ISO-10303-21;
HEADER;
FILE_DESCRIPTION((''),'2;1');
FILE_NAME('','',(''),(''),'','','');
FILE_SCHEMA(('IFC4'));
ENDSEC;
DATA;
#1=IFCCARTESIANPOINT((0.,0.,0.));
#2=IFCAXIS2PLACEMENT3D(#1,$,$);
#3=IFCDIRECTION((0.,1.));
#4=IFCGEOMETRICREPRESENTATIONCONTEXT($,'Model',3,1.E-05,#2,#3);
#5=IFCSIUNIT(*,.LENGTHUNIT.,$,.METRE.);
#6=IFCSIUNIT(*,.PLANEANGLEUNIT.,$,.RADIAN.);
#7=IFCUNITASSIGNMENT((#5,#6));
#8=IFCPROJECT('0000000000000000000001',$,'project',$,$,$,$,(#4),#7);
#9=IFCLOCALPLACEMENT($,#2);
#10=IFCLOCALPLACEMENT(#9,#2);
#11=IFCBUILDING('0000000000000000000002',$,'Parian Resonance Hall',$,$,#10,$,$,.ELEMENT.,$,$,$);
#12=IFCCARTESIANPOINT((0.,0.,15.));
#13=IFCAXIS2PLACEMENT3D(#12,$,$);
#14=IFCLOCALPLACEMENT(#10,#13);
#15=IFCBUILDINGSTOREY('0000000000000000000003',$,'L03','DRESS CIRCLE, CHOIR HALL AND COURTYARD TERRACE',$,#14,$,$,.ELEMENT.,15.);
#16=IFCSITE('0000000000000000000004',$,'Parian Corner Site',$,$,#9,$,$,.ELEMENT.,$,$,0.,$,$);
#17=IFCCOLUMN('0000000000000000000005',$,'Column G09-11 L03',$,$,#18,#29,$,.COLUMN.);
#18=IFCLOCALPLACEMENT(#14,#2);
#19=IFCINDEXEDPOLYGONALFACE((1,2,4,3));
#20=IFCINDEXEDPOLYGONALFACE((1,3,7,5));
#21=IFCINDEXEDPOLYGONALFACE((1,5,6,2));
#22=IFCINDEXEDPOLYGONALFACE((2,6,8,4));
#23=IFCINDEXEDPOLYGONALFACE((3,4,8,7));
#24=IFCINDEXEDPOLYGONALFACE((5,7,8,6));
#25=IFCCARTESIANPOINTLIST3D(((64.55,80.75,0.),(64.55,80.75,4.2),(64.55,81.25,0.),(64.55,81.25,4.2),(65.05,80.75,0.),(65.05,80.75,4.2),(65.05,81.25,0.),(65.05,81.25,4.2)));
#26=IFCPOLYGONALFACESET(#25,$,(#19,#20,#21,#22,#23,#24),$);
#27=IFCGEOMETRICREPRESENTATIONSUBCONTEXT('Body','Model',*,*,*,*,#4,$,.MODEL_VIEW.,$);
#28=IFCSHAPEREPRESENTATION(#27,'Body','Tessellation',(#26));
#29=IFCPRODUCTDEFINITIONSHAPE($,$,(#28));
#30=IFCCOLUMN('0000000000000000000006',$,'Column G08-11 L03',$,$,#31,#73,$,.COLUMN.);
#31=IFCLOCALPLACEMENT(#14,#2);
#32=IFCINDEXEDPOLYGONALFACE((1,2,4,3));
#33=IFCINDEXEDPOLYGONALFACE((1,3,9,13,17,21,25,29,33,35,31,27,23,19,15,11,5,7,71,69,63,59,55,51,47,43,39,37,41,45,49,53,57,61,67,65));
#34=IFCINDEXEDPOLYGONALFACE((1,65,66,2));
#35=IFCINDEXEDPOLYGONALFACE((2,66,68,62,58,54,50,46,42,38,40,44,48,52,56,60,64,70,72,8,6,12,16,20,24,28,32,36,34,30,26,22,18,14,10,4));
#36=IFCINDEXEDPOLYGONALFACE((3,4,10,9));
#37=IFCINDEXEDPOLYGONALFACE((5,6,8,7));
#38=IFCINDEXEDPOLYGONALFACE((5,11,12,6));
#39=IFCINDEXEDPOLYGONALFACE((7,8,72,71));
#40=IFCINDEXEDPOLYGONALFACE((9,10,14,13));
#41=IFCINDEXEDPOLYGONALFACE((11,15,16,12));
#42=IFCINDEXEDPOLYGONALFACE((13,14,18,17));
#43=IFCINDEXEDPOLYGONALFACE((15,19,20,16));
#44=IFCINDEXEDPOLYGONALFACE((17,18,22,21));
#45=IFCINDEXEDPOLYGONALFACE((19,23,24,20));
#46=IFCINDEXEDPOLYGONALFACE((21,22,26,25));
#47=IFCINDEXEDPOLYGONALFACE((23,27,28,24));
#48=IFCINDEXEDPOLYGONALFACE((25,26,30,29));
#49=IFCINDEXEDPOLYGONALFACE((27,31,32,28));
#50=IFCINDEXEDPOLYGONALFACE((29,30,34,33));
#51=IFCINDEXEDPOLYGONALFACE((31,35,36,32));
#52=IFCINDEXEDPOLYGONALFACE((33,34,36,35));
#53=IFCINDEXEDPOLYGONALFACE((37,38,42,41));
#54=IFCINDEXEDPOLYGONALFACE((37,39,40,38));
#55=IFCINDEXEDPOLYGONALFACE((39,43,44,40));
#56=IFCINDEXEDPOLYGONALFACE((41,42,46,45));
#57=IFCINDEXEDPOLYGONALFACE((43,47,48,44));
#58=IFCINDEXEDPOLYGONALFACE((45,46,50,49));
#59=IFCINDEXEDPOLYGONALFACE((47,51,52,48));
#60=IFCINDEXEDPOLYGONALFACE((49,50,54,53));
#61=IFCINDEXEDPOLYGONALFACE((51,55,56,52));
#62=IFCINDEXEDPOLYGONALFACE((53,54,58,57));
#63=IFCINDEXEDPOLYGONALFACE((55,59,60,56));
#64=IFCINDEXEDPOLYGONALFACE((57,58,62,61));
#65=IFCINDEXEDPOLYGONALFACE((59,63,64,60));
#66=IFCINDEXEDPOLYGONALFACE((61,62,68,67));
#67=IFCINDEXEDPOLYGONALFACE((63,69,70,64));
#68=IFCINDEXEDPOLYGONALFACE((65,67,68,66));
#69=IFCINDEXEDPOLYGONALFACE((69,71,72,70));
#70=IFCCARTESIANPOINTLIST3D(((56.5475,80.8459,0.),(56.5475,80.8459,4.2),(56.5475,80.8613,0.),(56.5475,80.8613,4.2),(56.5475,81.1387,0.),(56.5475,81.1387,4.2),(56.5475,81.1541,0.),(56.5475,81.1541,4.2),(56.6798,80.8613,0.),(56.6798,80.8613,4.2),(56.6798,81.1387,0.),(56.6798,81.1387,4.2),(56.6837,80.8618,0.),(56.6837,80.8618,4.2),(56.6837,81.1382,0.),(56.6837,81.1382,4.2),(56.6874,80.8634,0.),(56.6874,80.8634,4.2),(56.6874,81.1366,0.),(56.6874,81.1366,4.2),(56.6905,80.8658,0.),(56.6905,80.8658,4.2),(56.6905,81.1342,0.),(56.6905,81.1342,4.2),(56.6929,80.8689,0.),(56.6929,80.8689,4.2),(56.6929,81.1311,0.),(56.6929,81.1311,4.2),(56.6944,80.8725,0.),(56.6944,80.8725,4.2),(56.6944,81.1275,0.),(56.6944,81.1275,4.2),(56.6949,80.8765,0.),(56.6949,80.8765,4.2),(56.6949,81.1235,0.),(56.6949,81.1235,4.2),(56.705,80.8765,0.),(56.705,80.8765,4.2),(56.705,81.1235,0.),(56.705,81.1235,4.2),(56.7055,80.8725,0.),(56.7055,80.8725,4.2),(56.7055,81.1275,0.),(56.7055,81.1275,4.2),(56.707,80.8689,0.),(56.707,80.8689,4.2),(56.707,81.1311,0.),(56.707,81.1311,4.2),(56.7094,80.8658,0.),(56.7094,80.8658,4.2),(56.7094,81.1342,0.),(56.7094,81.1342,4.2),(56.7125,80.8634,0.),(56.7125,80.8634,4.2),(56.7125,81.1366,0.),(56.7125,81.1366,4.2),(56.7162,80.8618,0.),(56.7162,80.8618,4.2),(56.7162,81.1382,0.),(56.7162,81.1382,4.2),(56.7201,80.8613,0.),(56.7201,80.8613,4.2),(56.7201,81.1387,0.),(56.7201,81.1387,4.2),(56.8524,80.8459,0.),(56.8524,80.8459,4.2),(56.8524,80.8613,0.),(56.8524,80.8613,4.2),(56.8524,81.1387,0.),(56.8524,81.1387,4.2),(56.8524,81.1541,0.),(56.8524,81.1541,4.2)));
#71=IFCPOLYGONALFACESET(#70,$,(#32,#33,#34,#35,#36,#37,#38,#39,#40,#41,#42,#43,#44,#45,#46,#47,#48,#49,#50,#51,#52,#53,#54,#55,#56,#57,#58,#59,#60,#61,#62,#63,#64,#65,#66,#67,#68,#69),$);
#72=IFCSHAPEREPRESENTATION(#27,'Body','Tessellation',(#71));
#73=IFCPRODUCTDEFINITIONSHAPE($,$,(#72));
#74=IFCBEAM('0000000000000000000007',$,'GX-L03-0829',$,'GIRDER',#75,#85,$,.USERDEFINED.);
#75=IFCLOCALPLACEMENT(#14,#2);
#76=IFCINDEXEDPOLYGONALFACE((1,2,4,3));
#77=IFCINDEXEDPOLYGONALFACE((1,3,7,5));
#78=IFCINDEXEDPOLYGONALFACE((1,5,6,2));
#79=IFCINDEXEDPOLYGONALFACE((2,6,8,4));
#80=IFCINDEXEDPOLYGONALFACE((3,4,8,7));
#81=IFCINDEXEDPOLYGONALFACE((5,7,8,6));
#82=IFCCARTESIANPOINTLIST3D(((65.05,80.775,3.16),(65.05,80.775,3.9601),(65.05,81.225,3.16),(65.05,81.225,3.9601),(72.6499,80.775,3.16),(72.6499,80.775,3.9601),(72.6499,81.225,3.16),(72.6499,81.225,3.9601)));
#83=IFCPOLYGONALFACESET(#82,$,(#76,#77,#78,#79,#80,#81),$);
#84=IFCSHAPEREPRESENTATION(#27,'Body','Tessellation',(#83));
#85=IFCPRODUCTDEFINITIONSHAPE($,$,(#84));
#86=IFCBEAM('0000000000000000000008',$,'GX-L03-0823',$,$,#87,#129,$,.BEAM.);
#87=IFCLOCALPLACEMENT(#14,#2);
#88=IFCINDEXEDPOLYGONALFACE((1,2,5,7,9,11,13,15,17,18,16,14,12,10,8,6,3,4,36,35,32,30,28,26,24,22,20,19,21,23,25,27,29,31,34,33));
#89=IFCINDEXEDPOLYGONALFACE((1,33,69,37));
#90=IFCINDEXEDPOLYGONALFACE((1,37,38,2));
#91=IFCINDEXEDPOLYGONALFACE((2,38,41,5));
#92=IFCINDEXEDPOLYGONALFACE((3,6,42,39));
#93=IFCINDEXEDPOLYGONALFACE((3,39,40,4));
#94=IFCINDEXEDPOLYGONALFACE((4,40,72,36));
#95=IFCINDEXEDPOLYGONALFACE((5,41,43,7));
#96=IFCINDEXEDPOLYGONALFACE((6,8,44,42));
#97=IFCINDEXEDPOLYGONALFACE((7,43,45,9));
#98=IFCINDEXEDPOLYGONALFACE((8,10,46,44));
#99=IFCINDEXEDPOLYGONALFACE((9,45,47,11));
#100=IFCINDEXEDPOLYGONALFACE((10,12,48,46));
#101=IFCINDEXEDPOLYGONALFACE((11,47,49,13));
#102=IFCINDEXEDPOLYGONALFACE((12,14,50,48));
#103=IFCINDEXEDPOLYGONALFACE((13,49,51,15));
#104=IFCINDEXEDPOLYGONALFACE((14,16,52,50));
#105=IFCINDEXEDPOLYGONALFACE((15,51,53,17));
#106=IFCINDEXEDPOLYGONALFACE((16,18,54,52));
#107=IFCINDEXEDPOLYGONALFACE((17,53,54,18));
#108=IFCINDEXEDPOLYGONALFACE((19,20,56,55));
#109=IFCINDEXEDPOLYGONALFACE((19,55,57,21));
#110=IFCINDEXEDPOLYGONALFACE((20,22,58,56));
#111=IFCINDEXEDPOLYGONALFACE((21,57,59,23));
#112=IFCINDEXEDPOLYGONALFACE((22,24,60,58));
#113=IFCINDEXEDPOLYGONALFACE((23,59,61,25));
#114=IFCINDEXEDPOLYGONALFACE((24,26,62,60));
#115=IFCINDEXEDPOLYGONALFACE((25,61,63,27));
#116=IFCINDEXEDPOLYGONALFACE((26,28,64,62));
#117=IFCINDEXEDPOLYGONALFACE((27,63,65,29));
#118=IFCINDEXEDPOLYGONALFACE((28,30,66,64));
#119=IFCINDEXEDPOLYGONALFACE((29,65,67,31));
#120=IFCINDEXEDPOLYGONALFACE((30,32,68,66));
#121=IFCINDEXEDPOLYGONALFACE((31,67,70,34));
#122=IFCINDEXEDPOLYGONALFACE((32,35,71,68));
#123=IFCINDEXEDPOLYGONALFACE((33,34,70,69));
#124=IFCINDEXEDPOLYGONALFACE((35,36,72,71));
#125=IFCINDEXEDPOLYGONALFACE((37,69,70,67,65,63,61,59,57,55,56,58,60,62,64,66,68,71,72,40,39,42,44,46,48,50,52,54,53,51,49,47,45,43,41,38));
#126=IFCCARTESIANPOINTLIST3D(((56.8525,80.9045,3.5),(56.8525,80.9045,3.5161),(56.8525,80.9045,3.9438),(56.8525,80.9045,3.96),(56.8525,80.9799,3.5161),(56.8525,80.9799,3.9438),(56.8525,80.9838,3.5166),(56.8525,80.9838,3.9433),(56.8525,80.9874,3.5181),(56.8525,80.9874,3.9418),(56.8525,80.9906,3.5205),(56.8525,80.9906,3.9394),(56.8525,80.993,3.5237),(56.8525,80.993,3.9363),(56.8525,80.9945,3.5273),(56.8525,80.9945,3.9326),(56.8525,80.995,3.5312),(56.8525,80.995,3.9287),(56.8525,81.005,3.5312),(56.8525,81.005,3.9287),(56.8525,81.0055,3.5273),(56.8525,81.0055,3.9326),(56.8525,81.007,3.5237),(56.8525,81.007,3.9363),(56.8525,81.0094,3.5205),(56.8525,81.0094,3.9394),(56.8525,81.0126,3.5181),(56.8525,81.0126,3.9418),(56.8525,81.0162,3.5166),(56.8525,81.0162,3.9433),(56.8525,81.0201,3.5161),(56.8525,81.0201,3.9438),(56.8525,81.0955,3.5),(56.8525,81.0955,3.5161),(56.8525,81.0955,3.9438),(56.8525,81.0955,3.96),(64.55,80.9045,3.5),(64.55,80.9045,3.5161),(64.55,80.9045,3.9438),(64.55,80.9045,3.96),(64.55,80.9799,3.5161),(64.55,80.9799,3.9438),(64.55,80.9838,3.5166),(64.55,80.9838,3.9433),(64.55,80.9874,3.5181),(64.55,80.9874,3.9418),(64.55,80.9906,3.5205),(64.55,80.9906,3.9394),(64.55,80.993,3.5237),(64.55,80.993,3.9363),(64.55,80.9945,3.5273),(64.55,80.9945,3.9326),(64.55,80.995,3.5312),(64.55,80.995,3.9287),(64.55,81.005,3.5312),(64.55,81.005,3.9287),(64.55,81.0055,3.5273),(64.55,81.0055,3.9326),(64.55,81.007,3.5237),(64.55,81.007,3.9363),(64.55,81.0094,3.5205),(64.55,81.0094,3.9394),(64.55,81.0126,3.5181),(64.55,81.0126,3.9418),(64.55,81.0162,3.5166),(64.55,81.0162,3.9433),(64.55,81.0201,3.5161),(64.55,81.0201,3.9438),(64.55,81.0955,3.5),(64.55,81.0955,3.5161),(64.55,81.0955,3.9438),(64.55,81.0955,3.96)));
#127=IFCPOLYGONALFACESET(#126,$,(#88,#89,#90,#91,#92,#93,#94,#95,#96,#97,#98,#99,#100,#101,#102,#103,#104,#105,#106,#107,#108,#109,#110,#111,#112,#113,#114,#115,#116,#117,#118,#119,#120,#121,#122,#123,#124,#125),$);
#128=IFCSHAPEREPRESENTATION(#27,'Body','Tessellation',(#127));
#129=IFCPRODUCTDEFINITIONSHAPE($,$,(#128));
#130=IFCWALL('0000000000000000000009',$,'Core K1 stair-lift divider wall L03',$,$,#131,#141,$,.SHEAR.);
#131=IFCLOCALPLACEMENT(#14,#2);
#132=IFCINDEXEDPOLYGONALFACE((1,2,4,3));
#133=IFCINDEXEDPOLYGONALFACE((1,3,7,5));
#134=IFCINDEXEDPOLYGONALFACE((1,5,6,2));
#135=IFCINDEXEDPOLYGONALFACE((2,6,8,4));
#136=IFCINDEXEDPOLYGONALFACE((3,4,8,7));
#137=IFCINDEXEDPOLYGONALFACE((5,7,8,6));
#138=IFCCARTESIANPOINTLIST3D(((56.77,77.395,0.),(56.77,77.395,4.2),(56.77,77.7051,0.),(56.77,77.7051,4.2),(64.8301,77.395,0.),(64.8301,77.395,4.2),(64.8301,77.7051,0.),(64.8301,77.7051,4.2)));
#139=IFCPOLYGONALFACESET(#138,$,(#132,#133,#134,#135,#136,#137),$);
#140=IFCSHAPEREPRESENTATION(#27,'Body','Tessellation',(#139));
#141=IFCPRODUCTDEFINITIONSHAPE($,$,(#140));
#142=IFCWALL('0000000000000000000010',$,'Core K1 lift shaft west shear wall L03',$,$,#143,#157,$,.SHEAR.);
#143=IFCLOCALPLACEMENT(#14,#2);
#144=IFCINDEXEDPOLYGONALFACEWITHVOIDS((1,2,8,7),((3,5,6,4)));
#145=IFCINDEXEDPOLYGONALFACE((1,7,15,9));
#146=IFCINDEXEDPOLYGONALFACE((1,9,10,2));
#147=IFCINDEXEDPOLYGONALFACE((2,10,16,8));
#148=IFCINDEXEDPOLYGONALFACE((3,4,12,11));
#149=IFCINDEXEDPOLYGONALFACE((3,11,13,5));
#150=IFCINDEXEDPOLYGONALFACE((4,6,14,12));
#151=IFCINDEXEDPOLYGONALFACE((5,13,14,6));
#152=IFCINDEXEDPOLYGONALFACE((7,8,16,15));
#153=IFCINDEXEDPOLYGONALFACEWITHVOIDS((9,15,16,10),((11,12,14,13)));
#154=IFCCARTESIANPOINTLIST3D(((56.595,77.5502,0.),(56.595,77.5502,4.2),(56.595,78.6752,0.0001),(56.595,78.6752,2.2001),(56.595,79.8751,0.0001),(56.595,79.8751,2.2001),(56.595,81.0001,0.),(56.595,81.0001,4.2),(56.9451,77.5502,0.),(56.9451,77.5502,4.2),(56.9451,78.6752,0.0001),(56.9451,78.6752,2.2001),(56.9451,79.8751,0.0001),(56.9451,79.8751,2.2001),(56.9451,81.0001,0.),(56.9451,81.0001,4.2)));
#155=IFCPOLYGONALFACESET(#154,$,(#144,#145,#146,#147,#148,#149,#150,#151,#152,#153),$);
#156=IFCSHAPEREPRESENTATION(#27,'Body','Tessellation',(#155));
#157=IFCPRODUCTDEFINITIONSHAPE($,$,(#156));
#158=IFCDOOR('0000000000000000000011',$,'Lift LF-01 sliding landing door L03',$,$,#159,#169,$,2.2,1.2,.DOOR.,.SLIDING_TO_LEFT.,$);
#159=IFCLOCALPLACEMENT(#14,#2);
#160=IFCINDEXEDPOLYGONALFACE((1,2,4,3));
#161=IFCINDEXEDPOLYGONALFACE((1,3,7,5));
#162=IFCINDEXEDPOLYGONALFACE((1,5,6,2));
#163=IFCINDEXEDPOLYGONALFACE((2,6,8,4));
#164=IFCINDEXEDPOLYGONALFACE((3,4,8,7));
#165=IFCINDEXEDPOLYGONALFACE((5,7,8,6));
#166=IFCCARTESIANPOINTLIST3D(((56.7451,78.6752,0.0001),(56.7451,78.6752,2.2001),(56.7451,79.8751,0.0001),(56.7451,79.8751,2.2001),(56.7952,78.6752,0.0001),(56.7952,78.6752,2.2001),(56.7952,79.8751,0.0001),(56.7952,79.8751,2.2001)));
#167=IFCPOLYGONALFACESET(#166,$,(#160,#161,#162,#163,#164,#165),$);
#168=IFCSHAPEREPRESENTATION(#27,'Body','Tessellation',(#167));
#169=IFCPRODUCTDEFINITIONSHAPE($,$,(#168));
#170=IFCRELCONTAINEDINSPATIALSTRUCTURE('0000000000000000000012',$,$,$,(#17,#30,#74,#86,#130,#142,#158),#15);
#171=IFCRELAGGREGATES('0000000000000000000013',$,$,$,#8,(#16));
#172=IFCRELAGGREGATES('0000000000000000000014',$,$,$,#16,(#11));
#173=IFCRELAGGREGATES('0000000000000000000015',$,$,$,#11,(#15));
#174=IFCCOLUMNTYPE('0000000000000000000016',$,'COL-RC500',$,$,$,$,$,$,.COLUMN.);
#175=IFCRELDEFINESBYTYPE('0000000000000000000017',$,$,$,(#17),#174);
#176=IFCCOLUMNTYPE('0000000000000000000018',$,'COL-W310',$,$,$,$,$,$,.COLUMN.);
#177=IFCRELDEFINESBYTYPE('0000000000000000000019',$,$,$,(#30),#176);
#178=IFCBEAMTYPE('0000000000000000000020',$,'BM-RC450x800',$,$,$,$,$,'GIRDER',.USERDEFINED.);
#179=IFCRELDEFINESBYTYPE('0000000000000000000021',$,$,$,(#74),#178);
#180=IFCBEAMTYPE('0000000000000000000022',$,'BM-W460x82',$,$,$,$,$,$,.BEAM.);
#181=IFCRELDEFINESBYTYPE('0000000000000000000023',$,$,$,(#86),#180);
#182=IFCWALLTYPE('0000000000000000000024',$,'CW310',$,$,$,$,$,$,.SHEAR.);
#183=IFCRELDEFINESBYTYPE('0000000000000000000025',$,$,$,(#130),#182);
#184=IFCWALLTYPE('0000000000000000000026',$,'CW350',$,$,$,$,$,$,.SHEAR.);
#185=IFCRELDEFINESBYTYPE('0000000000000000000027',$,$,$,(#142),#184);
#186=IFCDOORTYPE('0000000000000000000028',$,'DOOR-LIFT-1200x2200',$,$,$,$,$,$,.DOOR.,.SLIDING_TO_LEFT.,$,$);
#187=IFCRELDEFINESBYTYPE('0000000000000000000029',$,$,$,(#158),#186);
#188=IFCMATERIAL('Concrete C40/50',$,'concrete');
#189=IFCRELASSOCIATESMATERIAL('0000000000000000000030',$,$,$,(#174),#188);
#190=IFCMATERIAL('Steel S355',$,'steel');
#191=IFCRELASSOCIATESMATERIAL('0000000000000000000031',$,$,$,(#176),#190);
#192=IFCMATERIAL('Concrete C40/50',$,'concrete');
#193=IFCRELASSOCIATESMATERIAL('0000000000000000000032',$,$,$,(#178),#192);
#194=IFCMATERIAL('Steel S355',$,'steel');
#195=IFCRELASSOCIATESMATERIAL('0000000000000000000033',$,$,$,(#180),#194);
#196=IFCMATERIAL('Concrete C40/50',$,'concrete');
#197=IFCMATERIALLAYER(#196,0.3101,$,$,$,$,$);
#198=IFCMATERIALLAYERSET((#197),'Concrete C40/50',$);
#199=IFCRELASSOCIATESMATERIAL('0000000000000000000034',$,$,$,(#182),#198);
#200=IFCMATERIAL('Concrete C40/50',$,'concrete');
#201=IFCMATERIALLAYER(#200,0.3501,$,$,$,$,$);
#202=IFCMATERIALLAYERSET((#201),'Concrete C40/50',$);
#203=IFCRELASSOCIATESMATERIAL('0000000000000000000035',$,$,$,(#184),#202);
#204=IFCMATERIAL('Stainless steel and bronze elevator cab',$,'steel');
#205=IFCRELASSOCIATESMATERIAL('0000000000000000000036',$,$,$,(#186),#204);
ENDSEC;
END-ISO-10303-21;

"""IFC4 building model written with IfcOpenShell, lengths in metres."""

from ifc_helpers import new_model, si_unit, direction, frame, frame_2d, origin, origin_2d, place, context, subcontext, project, spatial, rectangle, i_section, extrude, material, layer, layer_set, material_profile, profile_set, type_object, element, fill, save


model = new_model("IFC4")

# Units and contexts
model_context = context("Model", 3, precision=1e-05, world=origin(), true_north=direction((0.0, 1.0)))
body_context = subcontext(model_context, "Body", "Model", "MODEL_VIEW")
ifc_project = project(units=[si_unit("LENGTHUNIT", "METRE"), si_unit("PLANEANGLEUNIT", "RADIAN")], contexts=[model_context])

# Site, building, storey
site_placement = place(None, origin())
site = spatial("IfcSite", under=ifc_project, at=site_placement, Name="Parian Corner Site", CompositionType="ELEMENT", RefElevation=0.0)
building_placement = place(site_placement, origin())
building = spatial("IfcBuilding", under=site, at=building_placement, Name="Parian Resonance Hall", CompositionType="ELEMENT")
storey_placement = place(building_placement, frame((0.0, 0.0, 15.0)))
storey = spatial("IfcBuildingStorey", under=building, at=storey_placement, Name="L03", Description="DRESS CIRCLE, CHOIR HALL AND COURTYARD TERRACE", CompositionType="ELEMENT", Elevation=15.0)

# Columns
ifc_material_1 = material(Name="Concrete C40/50", Category="concrete")
ifc_material_profile_1 = material_profile(ifc_material_1, rectangle(XDim=0.5, YDim=0.5, at=origin_2d()), Name="RC-COL-500x500")
ifc_profile_set_1 = profile_set([ifc_material_profile_1], Name="Concrete C40/50")
column_type_1 = type_object("IfcColumnType", Name="COL-RC500", PredefinedType="COLUMN", material=ifc_profile_set_1)
column_1_placement = place(storey_placement, frame((64.8, 81.0, 0.0), z_axis=(0.0, 0.0, 1.0), x_axis=(1.0, 0.0, 0.0)))
element("IfcColumn", 1, at=column_1_placement, inside=storey, type_object=column_type_1, Name="Column G09-11 L03", PredefinedType="COLUMN", context=body_context, shape_type="SweptSolid", body=[
    extrude(rectangle(XDim=0.5, YDim=0.5, at=origin_2d()), origin(), (0.0, 0.0, 1.0), 4.2),
])
ifc_material_2 = material(Name="Steel S355", Category="steel")
ifc_material_profile_2 = material_profile(ifc_material_2, i_section(OverallWidth=0.3049, OverallDepth=0.3081, WebThickness=0.01, FlangeThickness=0.0154, FilletRadius=0.0151, at=origin_2d()), Name="W310x97")
ifc_profile_set_2 = profile_set([ifc_material_profile_2], Name="Steel S355")
column_type_2 = type_object("IfcColumnType", Name="COL-W310", PredefinedType="COLUMN", material=ifc_profile_set_2)
column_2_placement = place(storey_placement, frame((56.7, 81.0, 0.0), z_axis=(0.0, 0.0, 1.0), x_axis=(1.0, 0.0, 0.0)))
element("IfcColumn", 2, at=column_2_placement, inside=storey, type_object=column_type_2, Name="Column G08-11 L03", PredefinedType="COLUMN", context=body_context, shape_type="SweptSolid", body=[
    extrude(i_section(OverallWidth=0.3049, OverallDepth=0.3081, WebThickness=0.01, FlangeThickness=0.0154, FilletRadius=0.0151, at=origin_2d()), origin(), (0.0, 0.0, 1.0), 4.2),
])

# Beams
ifc_material_3 = material(Name="Concrete C40/50", Category="concrete")
ifc_material_profile_3 = material_profile(ifc_material_3, rectangle(XDim=0.45, YDim=0.8, at=origin_2d()), Name="RC-BM-450x800")
ifc_profile_set_3 = profile_set([ifc_material_profile_3], Name="Concrete C40/50")
beam_type_1 = type_object("IfcBeamType", Name="BM-RC450x800", ElementType="GIRDER", PredefinedType="USERDEFINED", material=ifc_profile_set_3)
beam_1_placement = place(storey_placement, frame((65.05, 81.0, 3.5601), z_axis=(1.0, 0.0, 0.0), x_axis=(0.0, 1.0, 0.0)))
element("IfcBeam", 3, at=beam_1_placement, inside=storey, type_object=beam_type_1, Name="GX-L03-0829", ObjectType="GIRDER", PredefinedType="USERDEFINED", context=body_context, shape_type="SweptSolid", body=[
    extrude(rectangle(XDim=0.45, YDim=0.8, at=origin_2d()), origin(), (0.0, 0.0, 1.0), 7.5999),
])
ifc_material_4 = material(Name="Steel S355", Category="steel")
ifc_material_profile_4 = material_profile(ifc_material_4, i_section(OverallWidth=0.1909, OverallDepth=0.46, WebThickness=0.01, FlangeThickness=0.0161, FilletRadius=0.0151, at=origin_2d()), Name="W460x82")
ifc_profile_set_4 = profile_set([ifc_material_profile_4], Name="Steel S355")
beam_type_2 = type_object("IfcBeamType", Name="BM-W460x82", PredefinedType="BEAM", material=ifc_profile_set_4)
beam_2_placement = place(storey_placement, frame((56.8525, 81.0, 3.73), z_axis=(1.0, 0.0, 0.0), x_axis=(0.0, 1.0, 0.0)))
element("IfcBeam", 4, at=beam_2_placement, inside=storey, type_object=beam_type_2, Name="GX-L03-0823", PredefinedType="BEAM", context=body_context, shape_type="SweptSolid", body=[
    extrude(i_section(OverallWidth=0.1909, OverallDepth=0.46, WebThickness=0.01, FlangeThickness=0.0161, FilletRadius=0.0151, at=origin_2d()), origin(), (0.0, 0.0, 1.0), 7.6975),
])

# Wall
ifc_material_5 = material(Name="Concrete C40/50", Category="concrete")
ifc_layer_1 = layer(ifc_material_5, 0.3101)
ifc_layer_set_1 = layer_set([ifc_layer_1], Name="Concrete C40/50")
wall_type_1 = type_object("IfcWallType", Name="CW310", PredefinedType="SHEAR", material=ifc_layer_set_1)
wall_1_placement = place(storey_placement, frame((56.77, 77.55, 0.0), z_axis=(0.0, 0.0, 1.0), x_axis=(1.0, 0.0, 0.0)))
element("IfcWall", 5, at=wall_1_placement, inside=storey, type_object=wall_type_1, Name="Core K1 stair-lift divider wall L03", PredefinedType="SHEAR", context=body_context, shape_type="SweptSolid", body=[
    extrude(rectangle(XDim=8.0601, YDim=0.3101, at=frame_2d((4.03, 0.0))), origin(), (0.0, 0.0, 1.0), 4.2),
])

# Wall, opening, door
ifc_material_6 = material(Name="Concrete C40/50", Category="concrete")
ifc_layer_2 = layer(ifc_material_6, 0.3501)
ifc_layer_set_2 = layer_set([ifc_layer_2], Name="Concrete C40/50")
wall_type_2 = type_object("IfcWallType", Name="CW350", PredefinedType="SHEAR", material=ifc_layer_set_2)
wall_2_placement = place(storey_placement, frame((56.77, 77.55, 0.0), z_axis=(0.0, 0.0, 1.0), x_axis=(0.0, 1.0, 0.0)))
wall_2 = element("IfcWall", 6, at=wall_2_placement, inside=storey, type_object=wall_type_2, Name="Core K1 lift shaft west shear wall L03", PredefinedType="SHEAR", context=body_context, shape_type="SweptSolid", body=[
    extrude(rectangle(XDim=3.45, YDim=0.3501, at=frame_2d((1.7251, 0.0))), origin(), (0.0, 0.0, 1.0), 4.2),
])
opening_1_placement = place(wall_2_placement, frame((1.125, 0.0, 0.0)))
opening_1 = element("IfcOpeningElement", 7, at=opening_1_placement, cuts=wall_2, PredefinedType="OPENING", context=body_context, shape_type="SweptSolid", body=[
    extrude(rectangle(XDim=1.2, YDim=2.2, at=frame_2d((0.6001, 1.1001))), frame((0.0, 0.1851, 0.0), z_axis=(0.0, -1.0, 0.0), x_axis=(1.0, 0.0, 0.0)), (0.0, 0.0, 1.0), 0.3701),
])
ifc_material_7 = material(Name="Stainless steel and bronze elevator cab", Category="steel")
door_type = type_object("IfcDoorType", Name="DOOR-LIFT-1200x2200", OperationType="SLIDING_TO_LEFT", PredefinedType="DOOR", material=ifc_material_7)
door_1_placement = place(opening_1_placement, origin())
door_1 = element("IfcDoor", 8, at=door_1_placement, inside=storey, type_object=door_type, Name="Lift LF-01 sliding landing door L03", OperationType="SLIDING_TO_LEFT", OverallHeight=2.2, OverallWidth=1.2, PredefinedType="DOOR", context=body_context, shape_type="SweptSolid", body=[
    extrude(rectangle(XDim=1.2, YDim=2.2, at=frame_2d((0.6001, 1.1001))), frame((0.0, 0.0249, 0.0), z_axis=(0.0, -1.0, 0.0), x_axis=(1.0, 0.0, 0.0)), (0.0, 0.0, 1.0), 0.05),
])
fill(opening_1, door_1)

save(model, "model.ifc")
